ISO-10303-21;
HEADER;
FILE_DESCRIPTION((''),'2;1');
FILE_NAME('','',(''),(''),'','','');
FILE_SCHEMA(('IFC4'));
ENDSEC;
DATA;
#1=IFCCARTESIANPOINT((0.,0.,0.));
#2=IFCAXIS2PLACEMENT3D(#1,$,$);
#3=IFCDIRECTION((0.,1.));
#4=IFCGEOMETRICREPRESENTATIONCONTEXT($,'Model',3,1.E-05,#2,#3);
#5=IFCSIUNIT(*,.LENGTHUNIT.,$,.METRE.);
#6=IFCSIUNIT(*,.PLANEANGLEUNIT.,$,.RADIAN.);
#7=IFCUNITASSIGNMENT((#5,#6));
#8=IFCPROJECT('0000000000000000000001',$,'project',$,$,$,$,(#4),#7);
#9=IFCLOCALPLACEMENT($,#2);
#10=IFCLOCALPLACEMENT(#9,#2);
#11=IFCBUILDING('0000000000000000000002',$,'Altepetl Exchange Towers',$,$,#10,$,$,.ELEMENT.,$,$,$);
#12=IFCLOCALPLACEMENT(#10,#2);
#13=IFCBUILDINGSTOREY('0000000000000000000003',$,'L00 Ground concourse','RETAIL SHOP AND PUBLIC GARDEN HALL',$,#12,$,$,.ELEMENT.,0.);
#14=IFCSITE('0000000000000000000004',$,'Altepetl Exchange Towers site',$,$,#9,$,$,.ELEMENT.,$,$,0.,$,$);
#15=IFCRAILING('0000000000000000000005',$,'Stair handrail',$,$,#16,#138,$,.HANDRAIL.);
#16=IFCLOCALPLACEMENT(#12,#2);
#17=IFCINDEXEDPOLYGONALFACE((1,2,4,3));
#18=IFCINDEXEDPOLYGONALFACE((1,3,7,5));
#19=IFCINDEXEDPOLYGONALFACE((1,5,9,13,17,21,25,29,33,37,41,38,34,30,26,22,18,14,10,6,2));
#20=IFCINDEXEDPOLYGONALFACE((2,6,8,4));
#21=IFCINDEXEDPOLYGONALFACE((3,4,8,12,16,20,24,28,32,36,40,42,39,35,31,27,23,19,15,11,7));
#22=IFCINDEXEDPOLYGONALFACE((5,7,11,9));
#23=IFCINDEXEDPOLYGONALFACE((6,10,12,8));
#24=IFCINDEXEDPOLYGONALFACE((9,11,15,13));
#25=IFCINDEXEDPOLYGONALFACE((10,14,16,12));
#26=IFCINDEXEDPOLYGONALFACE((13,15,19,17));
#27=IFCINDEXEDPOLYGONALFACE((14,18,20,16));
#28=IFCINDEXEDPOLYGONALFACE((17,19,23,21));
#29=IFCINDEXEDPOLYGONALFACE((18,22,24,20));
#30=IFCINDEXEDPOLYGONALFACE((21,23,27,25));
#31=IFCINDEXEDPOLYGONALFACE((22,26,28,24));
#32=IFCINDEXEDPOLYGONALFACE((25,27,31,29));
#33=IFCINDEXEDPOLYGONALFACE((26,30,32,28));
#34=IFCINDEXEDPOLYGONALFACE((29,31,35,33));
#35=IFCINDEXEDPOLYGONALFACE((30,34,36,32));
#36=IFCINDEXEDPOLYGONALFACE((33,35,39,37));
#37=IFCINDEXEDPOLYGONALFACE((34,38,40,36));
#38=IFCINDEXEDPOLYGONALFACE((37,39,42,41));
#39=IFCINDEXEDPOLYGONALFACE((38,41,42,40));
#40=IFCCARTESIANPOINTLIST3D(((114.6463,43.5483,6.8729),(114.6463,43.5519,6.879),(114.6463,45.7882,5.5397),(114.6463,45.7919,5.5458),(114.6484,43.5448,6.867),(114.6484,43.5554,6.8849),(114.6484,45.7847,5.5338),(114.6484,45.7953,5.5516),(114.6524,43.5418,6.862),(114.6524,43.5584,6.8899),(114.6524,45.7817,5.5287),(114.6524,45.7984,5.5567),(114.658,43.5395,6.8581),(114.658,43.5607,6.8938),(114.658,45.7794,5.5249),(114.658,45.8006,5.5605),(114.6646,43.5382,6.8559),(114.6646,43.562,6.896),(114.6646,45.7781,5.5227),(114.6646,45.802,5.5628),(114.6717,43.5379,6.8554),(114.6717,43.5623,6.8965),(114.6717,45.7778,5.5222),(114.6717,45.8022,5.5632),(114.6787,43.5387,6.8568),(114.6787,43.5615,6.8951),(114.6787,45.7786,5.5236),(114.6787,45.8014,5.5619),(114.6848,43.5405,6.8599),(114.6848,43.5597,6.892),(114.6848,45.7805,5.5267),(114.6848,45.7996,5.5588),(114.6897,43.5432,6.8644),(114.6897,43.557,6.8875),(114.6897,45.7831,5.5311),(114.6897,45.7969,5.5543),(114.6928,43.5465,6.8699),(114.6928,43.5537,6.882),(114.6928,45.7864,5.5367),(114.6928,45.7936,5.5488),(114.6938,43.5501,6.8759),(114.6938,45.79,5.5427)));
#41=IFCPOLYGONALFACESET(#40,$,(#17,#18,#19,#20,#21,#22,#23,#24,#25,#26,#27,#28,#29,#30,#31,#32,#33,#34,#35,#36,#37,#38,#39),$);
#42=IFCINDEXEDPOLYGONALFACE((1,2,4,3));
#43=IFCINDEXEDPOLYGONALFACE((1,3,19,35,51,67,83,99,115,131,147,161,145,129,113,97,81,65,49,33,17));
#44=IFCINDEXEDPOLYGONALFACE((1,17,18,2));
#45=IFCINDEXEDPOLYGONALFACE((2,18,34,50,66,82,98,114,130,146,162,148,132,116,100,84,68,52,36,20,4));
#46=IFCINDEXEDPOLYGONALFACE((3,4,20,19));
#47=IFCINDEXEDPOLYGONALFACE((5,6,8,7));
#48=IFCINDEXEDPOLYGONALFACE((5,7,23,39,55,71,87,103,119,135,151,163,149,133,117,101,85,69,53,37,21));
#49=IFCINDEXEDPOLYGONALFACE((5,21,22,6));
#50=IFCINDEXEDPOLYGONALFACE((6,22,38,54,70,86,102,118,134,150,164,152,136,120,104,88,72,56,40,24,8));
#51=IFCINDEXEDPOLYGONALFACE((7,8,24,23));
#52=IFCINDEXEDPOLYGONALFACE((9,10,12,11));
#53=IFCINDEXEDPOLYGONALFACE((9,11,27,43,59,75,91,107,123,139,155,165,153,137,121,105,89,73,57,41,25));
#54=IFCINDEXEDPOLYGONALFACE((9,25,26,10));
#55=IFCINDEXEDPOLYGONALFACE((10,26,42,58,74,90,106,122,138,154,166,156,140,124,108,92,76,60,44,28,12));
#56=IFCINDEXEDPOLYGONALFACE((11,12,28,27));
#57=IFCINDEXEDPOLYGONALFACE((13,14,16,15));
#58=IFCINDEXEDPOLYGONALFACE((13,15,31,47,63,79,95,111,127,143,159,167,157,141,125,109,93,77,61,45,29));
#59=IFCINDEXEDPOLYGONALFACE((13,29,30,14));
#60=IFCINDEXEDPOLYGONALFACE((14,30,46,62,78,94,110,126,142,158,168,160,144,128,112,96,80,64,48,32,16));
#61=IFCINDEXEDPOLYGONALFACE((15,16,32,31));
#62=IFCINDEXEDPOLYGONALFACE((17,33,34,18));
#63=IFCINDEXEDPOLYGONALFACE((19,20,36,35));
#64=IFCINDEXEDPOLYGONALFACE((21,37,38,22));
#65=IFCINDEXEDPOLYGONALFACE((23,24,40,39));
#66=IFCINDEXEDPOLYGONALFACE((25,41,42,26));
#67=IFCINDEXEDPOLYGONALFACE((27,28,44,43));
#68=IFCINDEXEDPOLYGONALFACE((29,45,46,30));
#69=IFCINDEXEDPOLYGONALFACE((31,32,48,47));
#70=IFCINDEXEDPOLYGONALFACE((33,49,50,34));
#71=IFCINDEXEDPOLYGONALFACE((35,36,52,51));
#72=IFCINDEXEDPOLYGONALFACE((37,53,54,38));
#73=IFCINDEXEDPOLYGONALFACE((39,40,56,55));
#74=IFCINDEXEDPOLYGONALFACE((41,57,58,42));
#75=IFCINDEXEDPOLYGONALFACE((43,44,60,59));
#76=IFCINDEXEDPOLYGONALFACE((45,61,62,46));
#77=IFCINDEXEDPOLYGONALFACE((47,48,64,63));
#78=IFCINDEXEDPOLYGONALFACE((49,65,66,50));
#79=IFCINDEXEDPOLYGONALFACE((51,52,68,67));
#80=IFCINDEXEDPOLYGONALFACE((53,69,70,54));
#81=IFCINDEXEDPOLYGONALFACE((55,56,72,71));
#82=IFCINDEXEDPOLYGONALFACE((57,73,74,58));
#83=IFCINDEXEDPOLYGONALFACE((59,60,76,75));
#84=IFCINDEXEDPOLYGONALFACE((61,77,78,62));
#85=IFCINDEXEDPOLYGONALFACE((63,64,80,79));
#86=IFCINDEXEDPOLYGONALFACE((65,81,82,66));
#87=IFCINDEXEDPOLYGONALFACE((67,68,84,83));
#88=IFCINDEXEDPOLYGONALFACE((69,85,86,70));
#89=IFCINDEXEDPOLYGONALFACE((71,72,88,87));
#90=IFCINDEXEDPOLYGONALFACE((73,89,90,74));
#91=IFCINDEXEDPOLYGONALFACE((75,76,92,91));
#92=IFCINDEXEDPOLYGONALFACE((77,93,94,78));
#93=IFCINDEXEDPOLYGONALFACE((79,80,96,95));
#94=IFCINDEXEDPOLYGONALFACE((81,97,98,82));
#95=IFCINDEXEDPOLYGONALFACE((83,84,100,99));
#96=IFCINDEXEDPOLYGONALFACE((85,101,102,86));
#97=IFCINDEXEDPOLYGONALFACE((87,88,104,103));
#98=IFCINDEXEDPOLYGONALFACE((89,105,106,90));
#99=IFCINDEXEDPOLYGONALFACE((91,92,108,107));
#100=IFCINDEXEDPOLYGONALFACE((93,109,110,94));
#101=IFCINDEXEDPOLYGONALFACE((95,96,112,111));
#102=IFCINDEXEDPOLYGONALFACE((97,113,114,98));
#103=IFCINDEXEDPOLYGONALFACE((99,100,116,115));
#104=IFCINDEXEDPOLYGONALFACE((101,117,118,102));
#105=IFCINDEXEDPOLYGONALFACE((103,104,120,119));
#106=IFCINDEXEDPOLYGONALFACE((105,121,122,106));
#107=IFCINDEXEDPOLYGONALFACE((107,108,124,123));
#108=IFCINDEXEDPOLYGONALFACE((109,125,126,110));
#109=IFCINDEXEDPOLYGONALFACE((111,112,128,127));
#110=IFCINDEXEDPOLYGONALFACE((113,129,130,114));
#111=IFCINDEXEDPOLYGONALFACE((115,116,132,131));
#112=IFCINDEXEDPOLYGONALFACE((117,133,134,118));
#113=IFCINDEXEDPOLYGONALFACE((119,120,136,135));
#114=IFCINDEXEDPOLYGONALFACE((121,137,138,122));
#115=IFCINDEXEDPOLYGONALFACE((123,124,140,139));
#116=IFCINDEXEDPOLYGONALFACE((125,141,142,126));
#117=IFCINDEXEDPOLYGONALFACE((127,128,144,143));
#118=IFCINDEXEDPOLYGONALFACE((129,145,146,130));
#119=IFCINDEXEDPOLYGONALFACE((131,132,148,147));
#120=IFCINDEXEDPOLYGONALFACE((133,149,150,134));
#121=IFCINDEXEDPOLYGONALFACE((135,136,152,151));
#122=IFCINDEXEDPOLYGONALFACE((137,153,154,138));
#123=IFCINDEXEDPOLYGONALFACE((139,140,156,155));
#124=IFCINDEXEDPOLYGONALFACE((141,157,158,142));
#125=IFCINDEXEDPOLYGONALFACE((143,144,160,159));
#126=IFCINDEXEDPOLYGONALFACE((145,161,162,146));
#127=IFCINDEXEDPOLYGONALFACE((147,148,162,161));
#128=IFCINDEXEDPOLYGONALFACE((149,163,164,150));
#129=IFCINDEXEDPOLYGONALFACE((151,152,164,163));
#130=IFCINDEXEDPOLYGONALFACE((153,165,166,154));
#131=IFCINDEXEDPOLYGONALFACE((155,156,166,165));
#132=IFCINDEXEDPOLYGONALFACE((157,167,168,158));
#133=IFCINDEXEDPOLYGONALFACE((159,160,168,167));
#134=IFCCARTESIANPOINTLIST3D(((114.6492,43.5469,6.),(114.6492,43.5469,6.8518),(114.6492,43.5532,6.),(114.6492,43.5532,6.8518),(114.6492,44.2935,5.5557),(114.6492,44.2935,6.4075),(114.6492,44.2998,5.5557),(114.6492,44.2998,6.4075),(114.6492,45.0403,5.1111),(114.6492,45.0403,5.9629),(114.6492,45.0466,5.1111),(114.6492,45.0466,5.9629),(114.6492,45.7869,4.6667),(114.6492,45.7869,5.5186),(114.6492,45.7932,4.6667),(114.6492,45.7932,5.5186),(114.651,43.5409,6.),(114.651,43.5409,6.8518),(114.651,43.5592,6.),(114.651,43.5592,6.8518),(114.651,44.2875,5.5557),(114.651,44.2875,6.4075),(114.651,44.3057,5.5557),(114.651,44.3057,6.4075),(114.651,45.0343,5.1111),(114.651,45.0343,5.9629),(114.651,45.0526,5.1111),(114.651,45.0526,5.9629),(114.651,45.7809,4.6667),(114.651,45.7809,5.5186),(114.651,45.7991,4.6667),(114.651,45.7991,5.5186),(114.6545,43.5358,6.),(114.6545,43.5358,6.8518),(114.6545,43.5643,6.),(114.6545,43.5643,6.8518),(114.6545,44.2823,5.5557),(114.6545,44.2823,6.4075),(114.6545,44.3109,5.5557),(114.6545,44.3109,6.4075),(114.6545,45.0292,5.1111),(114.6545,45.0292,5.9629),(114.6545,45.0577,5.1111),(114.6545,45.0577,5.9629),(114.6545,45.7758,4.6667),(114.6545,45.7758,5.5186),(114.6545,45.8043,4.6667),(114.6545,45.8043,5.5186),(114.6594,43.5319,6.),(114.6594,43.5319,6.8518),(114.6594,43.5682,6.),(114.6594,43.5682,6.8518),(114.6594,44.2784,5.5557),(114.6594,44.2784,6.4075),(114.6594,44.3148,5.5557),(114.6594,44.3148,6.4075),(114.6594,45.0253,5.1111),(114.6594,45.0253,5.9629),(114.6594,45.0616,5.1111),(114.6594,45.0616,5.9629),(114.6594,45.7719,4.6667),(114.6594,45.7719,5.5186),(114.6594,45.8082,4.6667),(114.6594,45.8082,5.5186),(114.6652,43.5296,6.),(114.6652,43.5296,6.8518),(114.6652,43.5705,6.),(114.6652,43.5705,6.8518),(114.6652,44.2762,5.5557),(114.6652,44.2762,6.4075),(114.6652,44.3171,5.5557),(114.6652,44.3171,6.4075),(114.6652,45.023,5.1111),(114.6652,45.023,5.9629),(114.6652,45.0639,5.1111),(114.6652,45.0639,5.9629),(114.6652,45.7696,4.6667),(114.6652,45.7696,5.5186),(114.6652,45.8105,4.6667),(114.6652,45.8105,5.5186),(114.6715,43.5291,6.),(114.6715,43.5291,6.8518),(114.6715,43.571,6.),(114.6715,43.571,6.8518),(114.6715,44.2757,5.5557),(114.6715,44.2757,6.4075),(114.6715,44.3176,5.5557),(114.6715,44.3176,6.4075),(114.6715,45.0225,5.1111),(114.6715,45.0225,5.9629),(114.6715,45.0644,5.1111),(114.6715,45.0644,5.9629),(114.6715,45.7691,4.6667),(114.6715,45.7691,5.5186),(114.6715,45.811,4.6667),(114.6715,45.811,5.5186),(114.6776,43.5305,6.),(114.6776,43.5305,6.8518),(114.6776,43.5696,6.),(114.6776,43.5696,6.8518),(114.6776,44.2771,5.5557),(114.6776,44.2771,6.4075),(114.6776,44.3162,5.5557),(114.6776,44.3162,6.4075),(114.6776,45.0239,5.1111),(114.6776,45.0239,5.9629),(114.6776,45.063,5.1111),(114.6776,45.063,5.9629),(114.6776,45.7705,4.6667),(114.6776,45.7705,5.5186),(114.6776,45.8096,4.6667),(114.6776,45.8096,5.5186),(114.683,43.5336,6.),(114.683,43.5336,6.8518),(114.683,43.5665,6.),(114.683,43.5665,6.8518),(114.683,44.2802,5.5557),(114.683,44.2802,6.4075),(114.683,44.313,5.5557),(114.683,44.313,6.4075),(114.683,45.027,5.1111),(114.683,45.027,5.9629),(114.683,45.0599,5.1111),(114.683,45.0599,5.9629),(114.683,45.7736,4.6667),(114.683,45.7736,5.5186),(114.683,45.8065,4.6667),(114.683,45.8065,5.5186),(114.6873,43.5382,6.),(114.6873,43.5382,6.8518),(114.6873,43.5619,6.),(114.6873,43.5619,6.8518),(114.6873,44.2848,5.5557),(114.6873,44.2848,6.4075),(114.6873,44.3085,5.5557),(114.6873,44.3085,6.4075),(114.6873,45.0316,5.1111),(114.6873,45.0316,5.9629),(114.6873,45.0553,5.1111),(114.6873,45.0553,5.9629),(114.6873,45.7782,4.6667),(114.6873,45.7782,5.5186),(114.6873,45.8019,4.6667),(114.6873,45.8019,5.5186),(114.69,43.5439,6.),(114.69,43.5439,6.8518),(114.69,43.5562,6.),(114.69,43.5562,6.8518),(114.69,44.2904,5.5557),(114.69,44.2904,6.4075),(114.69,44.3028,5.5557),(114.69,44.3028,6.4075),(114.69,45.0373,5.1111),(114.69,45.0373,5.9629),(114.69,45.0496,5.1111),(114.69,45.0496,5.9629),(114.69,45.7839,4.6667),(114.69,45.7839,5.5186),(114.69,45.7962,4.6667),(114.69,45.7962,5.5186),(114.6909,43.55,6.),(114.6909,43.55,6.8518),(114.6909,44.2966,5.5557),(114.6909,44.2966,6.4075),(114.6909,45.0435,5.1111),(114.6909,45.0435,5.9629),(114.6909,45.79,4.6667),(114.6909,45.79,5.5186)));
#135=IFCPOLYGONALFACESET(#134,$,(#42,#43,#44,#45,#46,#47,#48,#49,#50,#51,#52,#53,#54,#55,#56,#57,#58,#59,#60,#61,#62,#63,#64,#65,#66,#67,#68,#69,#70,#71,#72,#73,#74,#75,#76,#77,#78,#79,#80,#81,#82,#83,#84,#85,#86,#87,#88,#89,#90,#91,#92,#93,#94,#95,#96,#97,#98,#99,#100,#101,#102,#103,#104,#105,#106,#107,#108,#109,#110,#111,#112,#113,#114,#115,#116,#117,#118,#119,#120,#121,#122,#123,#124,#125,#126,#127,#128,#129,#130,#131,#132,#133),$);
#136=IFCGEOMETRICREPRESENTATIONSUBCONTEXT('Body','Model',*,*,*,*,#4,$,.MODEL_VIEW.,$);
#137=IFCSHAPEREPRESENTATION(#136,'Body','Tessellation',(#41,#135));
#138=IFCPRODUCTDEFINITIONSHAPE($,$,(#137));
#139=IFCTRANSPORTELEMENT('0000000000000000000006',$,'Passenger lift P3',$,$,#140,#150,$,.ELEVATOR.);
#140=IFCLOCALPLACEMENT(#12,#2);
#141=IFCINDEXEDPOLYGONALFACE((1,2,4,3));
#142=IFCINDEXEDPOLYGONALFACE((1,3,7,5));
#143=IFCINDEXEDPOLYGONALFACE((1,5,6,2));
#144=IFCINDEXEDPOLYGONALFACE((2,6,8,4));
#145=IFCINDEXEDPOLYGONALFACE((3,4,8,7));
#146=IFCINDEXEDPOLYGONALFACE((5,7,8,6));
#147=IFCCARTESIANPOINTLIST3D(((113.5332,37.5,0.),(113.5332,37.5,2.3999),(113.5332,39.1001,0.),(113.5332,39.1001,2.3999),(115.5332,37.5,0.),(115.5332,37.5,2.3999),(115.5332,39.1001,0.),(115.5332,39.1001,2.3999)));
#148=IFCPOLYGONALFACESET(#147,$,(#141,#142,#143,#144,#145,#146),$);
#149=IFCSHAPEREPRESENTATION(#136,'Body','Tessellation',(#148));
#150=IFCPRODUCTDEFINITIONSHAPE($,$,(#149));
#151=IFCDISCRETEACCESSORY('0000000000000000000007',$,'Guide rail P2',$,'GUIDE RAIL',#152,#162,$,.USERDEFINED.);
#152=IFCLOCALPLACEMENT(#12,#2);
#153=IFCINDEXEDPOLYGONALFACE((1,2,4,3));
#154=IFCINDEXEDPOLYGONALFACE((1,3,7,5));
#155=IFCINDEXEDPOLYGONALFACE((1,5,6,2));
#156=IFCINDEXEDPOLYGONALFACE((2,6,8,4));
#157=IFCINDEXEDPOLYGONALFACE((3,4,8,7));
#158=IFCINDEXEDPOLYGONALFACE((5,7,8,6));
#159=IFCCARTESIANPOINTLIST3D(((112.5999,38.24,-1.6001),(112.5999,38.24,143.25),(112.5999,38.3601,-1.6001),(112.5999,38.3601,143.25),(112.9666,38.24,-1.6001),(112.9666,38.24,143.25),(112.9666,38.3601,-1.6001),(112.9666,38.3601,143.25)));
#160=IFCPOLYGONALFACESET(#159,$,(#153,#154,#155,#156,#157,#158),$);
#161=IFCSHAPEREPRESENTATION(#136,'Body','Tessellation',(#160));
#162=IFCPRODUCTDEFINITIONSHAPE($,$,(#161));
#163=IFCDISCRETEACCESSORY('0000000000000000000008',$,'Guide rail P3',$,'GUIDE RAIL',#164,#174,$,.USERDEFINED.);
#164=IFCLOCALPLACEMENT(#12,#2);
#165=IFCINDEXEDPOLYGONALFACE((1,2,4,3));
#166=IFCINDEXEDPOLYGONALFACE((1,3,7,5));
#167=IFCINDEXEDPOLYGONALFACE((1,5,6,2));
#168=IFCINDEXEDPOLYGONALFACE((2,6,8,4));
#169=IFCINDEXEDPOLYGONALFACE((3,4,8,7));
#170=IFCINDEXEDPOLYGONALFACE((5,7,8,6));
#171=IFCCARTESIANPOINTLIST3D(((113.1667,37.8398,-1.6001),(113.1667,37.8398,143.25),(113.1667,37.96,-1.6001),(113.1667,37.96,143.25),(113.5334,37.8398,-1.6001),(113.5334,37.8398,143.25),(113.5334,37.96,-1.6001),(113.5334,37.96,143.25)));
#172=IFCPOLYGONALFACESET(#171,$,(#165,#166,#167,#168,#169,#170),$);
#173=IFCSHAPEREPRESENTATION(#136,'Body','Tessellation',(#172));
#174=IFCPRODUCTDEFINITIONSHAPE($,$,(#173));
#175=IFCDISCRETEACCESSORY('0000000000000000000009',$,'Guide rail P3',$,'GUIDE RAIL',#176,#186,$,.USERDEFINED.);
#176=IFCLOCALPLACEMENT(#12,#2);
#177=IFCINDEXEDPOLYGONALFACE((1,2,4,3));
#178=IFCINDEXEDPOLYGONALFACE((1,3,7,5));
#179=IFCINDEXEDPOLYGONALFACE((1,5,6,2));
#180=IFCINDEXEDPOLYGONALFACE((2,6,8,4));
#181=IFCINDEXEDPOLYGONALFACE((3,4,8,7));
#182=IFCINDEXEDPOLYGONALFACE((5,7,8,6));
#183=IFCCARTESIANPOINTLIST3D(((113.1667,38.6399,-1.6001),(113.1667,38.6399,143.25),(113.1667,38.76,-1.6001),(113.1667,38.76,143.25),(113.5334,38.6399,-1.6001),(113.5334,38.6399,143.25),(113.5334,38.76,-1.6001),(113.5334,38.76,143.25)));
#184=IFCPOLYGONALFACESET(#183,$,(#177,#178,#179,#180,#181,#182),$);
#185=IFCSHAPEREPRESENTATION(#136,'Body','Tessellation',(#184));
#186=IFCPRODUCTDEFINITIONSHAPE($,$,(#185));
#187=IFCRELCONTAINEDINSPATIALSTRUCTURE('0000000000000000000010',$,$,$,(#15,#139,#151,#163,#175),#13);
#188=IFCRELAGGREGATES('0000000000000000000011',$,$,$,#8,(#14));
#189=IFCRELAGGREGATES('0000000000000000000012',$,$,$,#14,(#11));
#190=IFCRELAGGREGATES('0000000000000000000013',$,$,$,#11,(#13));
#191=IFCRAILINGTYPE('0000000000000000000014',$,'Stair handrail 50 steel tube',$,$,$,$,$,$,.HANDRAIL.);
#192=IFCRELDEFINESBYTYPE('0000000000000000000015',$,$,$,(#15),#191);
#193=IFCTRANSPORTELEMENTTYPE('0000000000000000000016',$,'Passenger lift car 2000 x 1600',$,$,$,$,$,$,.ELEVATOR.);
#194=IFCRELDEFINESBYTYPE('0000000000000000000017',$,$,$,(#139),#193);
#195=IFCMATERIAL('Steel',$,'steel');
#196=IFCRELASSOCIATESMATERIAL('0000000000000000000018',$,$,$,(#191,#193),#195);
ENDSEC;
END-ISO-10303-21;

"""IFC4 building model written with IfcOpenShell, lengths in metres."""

from ifc_helpers import new_model, si_unit, direction, frame, origin, origin_2d, place, context, subcontext, project, spatial, rectangle, circle, extrude, source, transform, mapped, material, type_object, element, save


model = new_model("IFC4")

# Units and contexts
model_context = context("Model", 3, precision=1e-05, world=origin(), true_north=direction((0.0, 1.0)))
body_context = subcontext(model_context, "Body", "Model", "MODEL_VIEW")
ifc_project = project(units=[si_unit("LENGTHUNIT", "METRE"), si_unit("PLANEANGLEUNIT", "RADIAN")], contexts=[model_context])

# Site, building, storey
site_placement = place(None, origin())
site = spatial("IfcSite", under=ifc_project, at=site_placement, Name="Altepetl Exchange Towers site", CompositionType="ELEMENT", RefElevation=0.0)
building_placement = place(site_placement, origin())
building = spatial("IfcBuilding", under=site, at=building_placement, Name="Altepetl Exchange Towers", CompositionType="ELEMENT")
storey_placement = place(building_placement, origin())
storey = spatial("IfcBuildingStorey", under=building, at=storey_placement, Name="L00 Ground concourse", Description="RETAIL SHOP AND PUBLIC GARDEN HALL", CompositionType="ELEMENT", Elevation=0.0)

# Railing
ifc_material_1 = material(Name="Steel", Category="steel")
railing_type = type_object("IfcRailingType", Name="Stair handrail 50 steel tube", PredefinedType="HANDRAIL", material=ifc_material_1)
shared_shape = source(origin(), body_context, "Body", "SweptSolid", [
    extrude(circle(Radius=0.021, at=origin_2d()), origin(), (0.0, 0.0, 1.0), 0.8518),
])
railing_1_placement = place(storey_placement, frame((114.6699, 45.79, 4.6667)))
element("IfcRailing", 1, at=railing_1_placement, inside=storey, type_object=railing_type, Name="Stair handrail", PredefinedType="HANDRAIL", context=body_context, shape_type="SweptSolid", body=[
    extrude(circle(Radius=0.0239, at=origin_2d()), frame((0.0, 0.0, 0.876), z_axis=(0.0, -0.859306, 0.511462), x_axis=(1.0, 0.0, 0.0)), (0.0, 0.0, 1.0), 2.6067),
    mapped(shared_shape, transform((0.0, 0.0, 0.0))),
    mapped(shared_shape, transform((0.0, -0.7466, 0.4443))),
    mapped(shared_shape, transform((0.0, -1.4934, 0.8889))),
    mapped(shared_shape, transform((0.0, -2.24, 1.3333))),
])

# Transport element
transport_element_type = type_object("IfcTransportElementType", Name="Passenger lift car 2000 x 1600", PredefinedType="ELEVATOR", material=ifc_material_1)
transport_element_placement = place(storey_placement, frame((114.5332, 38.3, 0.0)))
element("IfcTransportElement", 2, at=transport_element_placement, inside=storey, type_object=transport_element_type, Name="Passenger lift P3", PredefinedType="ELEVATOR", context=body_context, shape_type="SweptSolid", body=[
    extrude(rectangle(XDim=2.0, YDim=1.6001, at=origin_2d()), origin(), (0.0, 0.0, 1.0), 2.3999),
])

# Discrete accessories
for number, where, name in (
    (3, (112.7832, 38.3, -1.6001), "Guide rail P2"),
    (4, (113.3501, 37.8999, -1.6001), "Guide rail P3"),
    (5, (113.3501, 38.7, -1.6001), "Guide rail P3"),
):
    element("IfcDiscreteAccessory", number, at=place(storey_placement, frame(where)), inside=storey, Name=name, ObjectType="GUIDE RAIL", PredefinedType="USERDEFINED", context=body_context, shape_type="SweptSolid", body=[
        extrude(rectangle(XDim=0.3667, YDim=0.1201, at=origin_2d()), origin(), (0.0, 0.0, 1.0), 144.8501),
    ])

save(model, "model.ifc")
